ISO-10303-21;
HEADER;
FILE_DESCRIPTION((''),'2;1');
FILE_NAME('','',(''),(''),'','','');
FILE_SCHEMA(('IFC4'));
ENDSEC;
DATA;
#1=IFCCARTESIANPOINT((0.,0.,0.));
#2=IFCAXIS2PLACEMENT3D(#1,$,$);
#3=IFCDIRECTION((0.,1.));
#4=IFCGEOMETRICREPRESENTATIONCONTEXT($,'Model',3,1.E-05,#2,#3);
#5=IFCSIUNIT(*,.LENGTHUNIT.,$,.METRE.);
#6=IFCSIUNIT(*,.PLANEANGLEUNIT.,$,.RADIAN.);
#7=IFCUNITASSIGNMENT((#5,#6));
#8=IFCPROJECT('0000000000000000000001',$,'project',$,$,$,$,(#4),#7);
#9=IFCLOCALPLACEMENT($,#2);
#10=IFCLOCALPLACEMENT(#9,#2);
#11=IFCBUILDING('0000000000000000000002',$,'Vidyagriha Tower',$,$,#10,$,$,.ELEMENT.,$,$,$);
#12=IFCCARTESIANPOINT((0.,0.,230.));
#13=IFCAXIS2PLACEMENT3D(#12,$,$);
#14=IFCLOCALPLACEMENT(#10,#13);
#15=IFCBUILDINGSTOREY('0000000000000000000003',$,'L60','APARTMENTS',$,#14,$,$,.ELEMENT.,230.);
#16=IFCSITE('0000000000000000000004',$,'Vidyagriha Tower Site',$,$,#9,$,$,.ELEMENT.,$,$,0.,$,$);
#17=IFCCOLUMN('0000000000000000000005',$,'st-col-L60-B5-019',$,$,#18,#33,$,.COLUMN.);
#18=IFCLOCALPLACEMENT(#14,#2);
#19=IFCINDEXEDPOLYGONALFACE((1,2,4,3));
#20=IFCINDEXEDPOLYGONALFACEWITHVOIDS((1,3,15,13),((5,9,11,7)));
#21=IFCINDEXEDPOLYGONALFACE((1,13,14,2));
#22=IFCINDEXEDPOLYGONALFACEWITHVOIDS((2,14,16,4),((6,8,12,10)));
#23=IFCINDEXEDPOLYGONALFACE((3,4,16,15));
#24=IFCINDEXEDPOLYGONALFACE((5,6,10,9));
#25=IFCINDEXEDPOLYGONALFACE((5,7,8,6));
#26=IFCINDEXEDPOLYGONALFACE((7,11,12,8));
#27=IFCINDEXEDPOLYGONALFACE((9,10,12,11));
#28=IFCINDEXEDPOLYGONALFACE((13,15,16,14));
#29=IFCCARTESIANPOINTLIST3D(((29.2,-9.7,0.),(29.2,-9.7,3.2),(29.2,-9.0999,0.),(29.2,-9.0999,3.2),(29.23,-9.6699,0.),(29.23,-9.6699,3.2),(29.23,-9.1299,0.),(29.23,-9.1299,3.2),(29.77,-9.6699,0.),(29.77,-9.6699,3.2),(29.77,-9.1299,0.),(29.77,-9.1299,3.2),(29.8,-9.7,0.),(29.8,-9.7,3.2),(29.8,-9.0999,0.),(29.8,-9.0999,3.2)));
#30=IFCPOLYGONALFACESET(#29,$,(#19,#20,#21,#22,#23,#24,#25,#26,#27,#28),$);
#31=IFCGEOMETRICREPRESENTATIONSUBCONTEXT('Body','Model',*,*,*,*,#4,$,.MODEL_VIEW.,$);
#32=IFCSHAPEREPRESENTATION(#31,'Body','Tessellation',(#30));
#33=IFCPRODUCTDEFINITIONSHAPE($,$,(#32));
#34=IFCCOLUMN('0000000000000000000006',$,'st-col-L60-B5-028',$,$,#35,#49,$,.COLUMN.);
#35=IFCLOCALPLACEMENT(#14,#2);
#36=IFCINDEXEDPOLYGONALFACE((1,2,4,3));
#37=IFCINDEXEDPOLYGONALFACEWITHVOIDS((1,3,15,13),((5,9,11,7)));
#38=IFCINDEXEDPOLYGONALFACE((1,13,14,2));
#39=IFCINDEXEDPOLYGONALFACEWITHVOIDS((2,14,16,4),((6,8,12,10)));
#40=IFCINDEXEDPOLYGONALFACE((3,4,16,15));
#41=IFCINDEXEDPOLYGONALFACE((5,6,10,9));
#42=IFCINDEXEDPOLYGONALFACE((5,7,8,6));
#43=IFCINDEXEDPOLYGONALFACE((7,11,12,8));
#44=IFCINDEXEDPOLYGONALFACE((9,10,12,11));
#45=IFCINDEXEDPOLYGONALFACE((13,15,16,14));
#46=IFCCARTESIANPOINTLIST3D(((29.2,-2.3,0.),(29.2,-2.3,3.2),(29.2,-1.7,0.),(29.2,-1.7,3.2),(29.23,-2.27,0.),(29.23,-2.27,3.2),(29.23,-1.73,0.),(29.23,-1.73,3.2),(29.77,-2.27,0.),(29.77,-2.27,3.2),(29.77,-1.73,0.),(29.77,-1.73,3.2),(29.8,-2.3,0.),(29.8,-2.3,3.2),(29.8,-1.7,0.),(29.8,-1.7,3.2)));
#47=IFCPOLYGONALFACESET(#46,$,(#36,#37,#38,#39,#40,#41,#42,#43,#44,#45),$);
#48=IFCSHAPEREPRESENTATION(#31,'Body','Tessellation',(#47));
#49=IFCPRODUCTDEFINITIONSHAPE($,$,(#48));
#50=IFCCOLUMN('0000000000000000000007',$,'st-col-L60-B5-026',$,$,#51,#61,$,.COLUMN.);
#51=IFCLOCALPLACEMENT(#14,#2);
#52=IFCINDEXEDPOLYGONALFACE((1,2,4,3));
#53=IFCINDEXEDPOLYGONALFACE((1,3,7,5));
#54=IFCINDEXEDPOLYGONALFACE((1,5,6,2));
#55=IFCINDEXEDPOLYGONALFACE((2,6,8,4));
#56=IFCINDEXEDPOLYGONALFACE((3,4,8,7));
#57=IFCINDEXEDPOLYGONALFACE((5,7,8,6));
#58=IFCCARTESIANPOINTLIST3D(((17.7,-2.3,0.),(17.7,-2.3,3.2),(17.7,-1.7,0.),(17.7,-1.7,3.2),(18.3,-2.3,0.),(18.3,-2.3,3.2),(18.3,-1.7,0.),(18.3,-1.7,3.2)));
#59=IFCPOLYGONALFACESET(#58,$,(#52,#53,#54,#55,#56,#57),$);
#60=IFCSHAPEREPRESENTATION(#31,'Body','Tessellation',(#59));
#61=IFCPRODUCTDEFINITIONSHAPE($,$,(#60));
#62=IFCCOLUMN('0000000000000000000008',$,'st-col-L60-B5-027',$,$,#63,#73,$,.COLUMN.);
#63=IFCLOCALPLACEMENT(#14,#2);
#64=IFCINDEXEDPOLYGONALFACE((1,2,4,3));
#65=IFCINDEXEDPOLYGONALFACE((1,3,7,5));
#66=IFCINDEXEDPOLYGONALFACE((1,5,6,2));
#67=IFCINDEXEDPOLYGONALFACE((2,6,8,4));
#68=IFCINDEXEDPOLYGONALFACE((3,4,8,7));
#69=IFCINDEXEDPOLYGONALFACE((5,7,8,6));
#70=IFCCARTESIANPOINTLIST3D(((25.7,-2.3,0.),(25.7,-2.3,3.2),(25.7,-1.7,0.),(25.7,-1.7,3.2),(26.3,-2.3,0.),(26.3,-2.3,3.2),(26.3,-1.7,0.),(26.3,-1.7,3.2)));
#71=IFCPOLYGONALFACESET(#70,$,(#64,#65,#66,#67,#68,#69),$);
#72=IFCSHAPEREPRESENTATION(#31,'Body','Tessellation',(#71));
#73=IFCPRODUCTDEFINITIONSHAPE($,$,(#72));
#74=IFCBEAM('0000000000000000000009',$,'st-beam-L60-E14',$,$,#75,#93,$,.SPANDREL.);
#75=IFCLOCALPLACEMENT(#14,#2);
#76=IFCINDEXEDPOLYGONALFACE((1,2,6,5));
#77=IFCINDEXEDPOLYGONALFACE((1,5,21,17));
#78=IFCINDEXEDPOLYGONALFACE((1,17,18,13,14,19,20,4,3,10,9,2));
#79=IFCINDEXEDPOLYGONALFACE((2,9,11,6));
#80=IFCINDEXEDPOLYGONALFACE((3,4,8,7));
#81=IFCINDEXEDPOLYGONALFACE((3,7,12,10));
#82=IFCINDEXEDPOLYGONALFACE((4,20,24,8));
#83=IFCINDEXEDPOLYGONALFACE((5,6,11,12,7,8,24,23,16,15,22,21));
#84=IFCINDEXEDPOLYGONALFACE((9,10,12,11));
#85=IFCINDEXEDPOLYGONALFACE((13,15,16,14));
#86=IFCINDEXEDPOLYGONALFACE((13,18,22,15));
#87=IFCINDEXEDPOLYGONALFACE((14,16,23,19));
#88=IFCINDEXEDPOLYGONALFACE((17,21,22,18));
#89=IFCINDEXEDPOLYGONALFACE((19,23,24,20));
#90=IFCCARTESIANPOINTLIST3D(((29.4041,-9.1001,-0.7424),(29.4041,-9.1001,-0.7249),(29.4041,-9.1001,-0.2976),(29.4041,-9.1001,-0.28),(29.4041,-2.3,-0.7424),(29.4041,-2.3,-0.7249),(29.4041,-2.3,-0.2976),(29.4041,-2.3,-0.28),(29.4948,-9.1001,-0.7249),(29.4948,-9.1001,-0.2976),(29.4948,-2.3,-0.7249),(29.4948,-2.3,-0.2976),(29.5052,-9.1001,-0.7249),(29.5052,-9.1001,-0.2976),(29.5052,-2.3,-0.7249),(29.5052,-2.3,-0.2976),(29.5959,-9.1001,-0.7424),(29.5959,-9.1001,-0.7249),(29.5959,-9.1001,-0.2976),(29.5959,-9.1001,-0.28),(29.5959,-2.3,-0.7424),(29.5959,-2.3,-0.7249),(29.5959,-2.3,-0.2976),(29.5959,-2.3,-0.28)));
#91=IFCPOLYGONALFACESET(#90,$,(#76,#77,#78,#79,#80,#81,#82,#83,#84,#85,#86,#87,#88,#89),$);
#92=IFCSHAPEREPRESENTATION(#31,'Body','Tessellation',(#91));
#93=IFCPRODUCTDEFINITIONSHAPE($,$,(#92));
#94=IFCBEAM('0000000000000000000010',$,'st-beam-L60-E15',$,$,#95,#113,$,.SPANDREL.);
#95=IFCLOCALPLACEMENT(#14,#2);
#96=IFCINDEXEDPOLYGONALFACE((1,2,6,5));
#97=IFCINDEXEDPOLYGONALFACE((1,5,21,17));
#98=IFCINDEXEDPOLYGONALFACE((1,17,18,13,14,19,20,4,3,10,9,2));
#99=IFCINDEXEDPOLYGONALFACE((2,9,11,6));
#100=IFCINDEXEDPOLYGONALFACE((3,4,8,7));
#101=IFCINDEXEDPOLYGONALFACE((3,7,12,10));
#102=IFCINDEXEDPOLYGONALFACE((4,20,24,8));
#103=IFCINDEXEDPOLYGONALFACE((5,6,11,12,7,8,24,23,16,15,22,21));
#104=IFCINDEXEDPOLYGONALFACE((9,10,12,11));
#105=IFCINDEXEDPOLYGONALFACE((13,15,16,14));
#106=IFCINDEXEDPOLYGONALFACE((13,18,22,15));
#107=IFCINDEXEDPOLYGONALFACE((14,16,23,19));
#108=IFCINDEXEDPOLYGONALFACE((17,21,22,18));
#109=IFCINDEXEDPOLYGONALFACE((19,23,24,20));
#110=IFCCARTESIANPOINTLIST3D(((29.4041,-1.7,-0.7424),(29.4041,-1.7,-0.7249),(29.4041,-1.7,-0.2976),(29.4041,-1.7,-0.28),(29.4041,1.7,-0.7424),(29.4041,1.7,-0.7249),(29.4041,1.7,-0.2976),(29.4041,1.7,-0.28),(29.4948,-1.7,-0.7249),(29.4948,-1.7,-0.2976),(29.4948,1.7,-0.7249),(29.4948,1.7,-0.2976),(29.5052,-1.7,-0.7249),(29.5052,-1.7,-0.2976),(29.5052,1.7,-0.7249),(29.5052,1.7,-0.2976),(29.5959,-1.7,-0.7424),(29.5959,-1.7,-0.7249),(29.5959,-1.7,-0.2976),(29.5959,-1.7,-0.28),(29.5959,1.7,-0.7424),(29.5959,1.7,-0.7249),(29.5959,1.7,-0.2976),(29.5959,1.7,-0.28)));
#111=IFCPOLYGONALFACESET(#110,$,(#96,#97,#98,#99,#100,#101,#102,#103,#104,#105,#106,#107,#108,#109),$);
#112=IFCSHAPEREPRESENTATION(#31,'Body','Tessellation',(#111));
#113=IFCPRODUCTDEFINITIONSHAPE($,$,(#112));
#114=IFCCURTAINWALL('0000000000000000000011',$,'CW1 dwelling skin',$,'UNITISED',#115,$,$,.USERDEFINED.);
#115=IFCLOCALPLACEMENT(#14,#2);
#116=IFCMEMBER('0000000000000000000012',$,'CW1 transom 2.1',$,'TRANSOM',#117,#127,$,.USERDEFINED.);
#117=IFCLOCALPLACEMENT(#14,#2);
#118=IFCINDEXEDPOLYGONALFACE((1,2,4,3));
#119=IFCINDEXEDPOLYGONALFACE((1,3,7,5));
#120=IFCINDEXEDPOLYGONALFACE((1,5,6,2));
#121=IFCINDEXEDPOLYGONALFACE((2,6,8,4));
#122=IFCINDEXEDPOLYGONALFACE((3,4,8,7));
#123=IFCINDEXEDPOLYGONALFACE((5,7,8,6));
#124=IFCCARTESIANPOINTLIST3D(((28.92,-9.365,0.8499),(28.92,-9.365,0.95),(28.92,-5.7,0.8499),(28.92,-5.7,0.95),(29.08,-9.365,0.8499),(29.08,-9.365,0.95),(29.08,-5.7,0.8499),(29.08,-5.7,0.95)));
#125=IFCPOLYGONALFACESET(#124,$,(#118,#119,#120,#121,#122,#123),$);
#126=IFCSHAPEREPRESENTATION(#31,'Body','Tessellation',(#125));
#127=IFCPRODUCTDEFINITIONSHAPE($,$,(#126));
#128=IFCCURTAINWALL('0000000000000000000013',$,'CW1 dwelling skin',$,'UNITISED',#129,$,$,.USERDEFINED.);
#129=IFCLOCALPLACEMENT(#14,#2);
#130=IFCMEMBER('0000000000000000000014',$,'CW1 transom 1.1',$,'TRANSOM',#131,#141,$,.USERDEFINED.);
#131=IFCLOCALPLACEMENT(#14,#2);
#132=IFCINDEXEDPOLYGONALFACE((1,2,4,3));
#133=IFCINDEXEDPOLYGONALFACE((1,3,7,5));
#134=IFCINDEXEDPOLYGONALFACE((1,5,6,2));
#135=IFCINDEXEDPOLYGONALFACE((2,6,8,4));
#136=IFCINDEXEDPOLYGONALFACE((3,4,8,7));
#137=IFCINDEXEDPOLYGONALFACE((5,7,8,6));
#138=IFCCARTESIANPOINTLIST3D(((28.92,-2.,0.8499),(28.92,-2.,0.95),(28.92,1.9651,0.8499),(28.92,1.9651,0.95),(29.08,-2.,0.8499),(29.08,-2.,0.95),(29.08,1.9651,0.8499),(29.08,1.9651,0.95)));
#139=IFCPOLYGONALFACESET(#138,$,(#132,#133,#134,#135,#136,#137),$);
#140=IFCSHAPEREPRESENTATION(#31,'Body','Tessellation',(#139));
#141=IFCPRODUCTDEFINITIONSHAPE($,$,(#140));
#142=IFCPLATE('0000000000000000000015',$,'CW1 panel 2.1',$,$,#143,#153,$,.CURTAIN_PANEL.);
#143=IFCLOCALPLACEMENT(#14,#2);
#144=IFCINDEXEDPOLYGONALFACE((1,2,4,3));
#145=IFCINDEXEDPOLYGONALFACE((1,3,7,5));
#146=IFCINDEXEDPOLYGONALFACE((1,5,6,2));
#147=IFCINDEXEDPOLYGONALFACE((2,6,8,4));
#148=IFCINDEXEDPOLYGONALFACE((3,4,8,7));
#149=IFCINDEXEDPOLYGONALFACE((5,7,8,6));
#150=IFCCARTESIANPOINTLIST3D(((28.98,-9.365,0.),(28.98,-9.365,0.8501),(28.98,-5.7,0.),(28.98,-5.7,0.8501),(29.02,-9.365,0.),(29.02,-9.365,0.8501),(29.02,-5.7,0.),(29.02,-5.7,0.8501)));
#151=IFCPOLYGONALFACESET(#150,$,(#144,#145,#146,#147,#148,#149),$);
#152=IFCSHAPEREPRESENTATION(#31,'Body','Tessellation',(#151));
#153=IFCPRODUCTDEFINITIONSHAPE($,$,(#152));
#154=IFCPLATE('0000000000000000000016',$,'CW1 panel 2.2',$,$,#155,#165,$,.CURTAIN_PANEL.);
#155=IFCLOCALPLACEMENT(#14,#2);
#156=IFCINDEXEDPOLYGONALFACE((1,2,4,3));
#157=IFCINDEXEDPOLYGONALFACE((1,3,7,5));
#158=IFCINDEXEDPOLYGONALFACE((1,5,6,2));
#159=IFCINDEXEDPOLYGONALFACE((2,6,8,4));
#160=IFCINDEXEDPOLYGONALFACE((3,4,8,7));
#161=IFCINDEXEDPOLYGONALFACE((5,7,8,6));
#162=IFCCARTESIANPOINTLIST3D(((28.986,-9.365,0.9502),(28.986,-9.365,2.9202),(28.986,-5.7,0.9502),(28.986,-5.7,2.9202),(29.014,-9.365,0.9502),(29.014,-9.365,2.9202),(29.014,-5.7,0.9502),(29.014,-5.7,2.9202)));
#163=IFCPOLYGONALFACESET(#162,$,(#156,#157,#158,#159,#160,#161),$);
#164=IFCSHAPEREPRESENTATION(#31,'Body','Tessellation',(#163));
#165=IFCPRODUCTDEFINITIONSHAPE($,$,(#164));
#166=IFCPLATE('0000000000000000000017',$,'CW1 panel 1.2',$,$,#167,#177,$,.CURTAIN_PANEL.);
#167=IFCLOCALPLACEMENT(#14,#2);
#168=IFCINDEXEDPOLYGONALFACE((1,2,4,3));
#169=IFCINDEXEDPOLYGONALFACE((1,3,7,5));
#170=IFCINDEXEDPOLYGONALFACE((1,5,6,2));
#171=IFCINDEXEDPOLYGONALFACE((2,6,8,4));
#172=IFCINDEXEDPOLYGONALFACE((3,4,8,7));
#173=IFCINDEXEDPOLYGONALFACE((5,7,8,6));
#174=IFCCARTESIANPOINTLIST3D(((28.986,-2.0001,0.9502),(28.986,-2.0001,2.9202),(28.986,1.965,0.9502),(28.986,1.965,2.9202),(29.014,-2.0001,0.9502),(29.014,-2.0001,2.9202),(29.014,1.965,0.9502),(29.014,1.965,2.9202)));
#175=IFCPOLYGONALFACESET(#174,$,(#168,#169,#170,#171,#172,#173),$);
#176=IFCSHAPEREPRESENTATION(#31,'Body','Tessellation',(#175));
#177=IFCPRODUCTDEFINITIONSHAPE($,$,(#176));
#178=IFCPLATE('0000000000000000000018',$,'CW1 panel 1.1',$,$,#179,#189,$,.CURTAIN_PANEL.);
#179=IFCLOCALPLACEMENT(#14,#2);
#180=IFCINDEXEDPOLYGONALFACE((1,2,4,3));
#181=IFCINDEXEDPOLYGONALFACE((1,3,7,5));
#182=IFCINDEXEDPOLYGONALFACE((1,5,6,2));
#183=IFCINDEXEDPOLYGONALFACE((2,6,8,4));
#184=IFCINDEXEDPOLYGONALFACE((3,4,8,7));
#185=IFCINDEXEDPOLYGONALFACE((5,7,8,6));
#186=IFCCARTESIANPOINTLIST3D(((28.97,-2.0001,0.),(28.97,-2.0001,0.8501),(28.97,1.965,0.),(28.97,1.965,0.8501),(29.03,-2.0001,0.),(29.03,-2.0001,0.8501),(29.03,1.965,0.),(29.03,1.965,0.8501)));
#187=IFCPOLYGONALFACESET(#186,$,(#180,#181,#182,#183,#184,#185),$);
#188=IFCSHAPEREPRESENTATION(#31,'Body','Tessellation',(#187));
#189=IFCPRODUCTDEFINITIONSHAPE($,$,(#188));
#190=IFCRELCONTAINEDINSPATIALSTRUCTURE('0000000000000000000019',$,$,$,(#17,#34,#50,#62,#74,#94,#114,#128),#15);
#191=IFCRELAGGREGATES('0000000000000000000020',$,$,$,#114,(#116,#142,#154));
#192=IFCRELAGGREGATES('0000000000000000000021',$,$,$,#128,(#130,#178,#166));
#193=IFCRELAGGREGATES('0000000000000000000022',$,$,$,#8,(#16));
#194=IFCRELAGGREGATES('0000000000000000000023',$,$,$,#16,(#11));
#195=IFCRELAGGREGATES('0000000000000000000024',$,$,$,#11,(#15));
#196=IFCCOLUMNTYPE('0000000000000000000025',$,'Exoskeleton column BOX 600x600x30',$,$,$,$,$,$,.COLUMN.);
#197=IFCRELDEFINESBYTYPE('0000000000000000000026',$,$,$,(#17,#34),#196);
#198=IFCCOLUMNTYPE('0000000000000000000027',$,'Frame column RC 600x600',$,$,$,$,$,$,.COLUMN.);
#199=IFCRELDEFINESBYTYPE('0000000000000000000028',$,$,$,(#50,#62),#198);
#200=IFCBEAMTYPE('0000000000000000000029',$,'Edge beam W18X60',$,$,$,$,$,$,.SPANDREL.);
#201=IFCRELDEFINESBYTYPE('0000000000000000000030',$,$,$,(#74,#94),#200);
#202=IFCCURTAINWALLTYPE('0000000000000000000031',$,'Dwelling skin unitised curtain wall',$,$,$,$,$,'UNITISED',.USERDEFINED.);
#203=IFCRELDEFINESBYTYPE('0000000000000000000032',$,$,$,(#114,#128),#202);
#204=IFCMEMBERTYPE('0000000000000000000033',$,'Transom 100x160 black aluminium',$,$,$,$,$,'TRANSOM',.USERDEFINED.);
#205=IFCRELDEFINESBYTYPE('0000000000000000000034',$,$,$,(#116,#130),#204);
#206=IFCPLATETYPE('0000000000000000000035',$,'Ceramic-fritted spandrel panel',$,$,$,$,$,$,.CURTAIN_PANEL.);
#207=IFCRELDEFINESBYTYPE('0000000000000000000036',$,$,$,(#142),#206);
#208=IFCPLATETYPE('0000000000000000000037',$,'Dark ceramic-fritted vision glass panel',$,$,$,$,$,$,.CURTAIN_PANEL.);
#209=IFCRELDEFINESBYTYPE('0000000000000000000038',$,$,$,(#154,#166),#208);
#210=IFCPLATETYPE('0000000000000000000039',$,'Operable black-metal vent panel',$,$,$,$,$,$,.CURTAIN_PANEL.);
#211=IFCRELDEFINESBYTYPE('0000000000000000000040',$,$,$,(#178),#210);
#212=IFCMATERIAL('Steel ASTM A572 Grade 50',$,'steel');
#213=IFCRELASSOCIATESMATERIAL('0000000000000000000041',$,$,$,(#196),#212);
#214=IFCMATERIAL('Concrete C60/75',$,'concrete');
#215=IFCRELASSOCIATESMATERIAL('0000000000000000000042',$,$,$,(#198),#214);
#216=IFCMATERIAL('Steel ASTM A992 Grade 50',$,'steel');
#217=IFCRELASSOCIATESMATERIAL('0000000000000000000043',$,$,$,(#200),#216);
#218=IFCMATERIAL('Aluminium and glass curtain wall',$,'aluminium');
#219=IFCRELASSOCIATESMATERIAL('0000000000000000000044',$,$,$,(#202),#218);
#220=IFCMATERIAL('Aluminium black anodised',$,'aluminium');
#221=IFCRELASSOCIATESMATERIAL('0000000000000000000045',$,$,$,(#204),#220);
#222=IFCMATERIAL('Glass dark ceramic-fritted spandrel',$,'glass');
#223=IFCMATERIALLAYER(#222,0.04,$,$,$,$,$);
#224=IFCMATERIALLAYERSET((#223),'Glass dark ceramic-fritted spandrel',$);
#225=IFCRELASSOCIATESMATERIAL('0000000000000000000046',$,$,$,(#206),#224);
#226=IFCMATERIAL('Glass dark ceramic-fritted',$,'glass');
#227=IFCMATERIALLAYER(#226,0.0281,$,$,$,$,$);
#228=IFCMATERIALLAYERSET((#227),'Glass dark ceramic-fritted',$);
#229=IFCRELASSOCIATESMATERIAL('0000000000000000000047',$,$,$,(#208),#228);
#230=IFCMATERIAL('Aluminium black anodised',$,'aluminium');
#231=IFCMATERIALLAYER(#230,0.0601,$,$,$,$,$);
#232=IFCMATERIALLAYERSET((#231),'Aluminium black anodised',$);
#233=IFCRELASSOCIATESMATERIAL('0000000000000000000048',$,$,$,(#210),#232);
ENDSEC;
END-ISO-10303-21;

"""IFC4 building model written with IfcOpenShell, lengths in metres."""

from ifc_helpers import new_model, si_unit, direction, frame, origin, origin_2d, place, context, subcontext, project, spatial, rectangle, hollow_rectangle, i_section, extrude, material, layer, layer_set, material_profile, profile_set, type_object, element, aggregate, save


model = new_model("IFC4")

# Units and contexts
model_context = context("Model", 3, precision=1e-05, world=origin(), true_north=direction((0.0, 1.0)))
body_context = subcontext(model_context, "Body", "Model", "MODEL_VIEW")
ifc_project = project(units=[si_unit("LENGTHUNIT", "METRE"), si_unit("PLANEANGLEUNIT", "RADIAN")], contexts=[model_context])

# Site, building, storey
site_placement = place(None, origin())
site = spatial("IfcSite", under=ifc_project, at=site_placement, Name="Vidyagriha Tower Site", CompositionType="ELEMENT", RefElevation=0.0)
building_placement = place(site_placement, origin())
building = spatial("IfcBuilding", under=site, at=building_placement, Name="Vidyagriha Tower", CompositionType="ELEMENT")
storey_placement = place(building_placement, frame((0.0, 0.0, 230.0)))
storey = spatial("IfcBuildingStorey", under=building, at=storey_placement, Name="L60", Description="APARTMENTS", CompositionType="ELEMENT", Elevation=230.0)

# Columns
ifc_material_1 = material(Name="Steel ASTM A572 Grade 50", Category="steel")
ifc_material_profile_1 = material_profile(ifc_material_1, hollow_rectangle(XDim=0.6001, YDim=0.6001, WallThickness=0.03, at=origin_2d()), Name="BOX 600x600x30")
ifc_profile_set_1 = profile_set([ifc_material_profile_1], Name="Steel ASTM A572 Grade 50")
column_type_1 = type_object("IfcColumnType", Name="Exoskeleton column BOX 600x600x30", PredefinedType="COLUMN", material=ifc_profile_set_1)
for number, where, name in (
    (1, (29.5, -9.3999, 0.0), "st-col-L60-B5-019"),
    (2, (29.5, -2.0, 0.0), "st-col-L60-B5-028"),
):
    element("IfcColumn", number, at=place(storey_placement, frame(where)), inside=storey, type_object=column_type_1, Name=name, PredefinedType="COLUMN", context=body_context, shape_type="SweptSolid", body=[
        extrude(hollow_rectangle(XDim=0.6001, YDim=0.6001, WallThickness=0.03, at=origin_2d()), origin(), (0.0, 0.0, 1.0), 3.2),
    ])
ifc_material_2 = material(Name="Concrete C60/75", Category="concrete")
ifc_material_profile_2 = material_profile(ifc_material_2, rectangle(XDim=0.6001, YDim=0.6001, at=origin_2d()), Name="RC 600x600")
ifc_profile_set_2 = profile_set([ifc_material_profile_2], Name="Concrete C60/75")
column_type_2 = type_object("IfcColumnType", Name="Frame column RC 600x600", PredefinedType="COLUMN", material=ifc_profile_set_2)
for number, where, name in (
    (3, (18.0, -2.0, 0.0), "st-col-L60-B5-026"),
    (4, (26.0, -2.0, 0.0), "st-col-L60-B5-027"),
):
    element("IfcColumn", number, at=place(storey_placement, frame(where)), inside=storey, type_object=column_type_2, Name=name, PredefinedType="COLUMN", context=body_context, shape_type="SweptSolid", body=[
        extrude(rectangle(XDim=0.6001, YDim=0.6001, at=origin_2d()), origin(), (0.0, 0.0, 1.0), 3.2),
    ])

# Beams
ifc_material_3 = material(Name="Steel ASTM A992 Grade 50", Category="steel")
ifc_material_profile_3 = material_profile(ifc_material_3, i_section(OverallWidth=0.1919, OverallDepth=0.4624, WebThickness=0.0105, FlangeThickness=0.0176, at=origin_2d()), Name="W18X60")
ifc_profile_set_3 = profile_set([ifc_material_profile_3], Name="Steel ASTM A992 Grade 50")
beam_type = type_object("IfcBeamType", Name="Edge beam W18X60", PredefinedType="SPANDREL", material=ifc_profile_set_3)
beam_1_placement = place(storey_placement, frame((29.5, -9.1001, -0.5112), z_axis=(0.0, 1.0, 0.0), x_axis=(-1.0, 0.0, 0.0)))
element("IfcBeam", 5, at=beam_1_placement, inside=storey, type_object=beam_type, Name="st-beam-L60-E14", PredefinedType="SPANDREL", context=body_context, shape_type="SweptSolid", body=[
    extrude(i_section(OverallWidth=0.1919, OverallDepth=0.4624, WebThickness=0.0105, FlangeThickness=0.0176, at=origin_2d()), origin(), (0.0, 0.0, 1.0), 6.8),
])
beam_2_placement = place(storey_placement, frame((29.5, -1.7, -0.5112), z_axis=(0.0, 1.0, 0.0), x_axis=(-1.0, 0.0, 0.0)))
element("IfcBeam", 6, at=beam_2_placement, inside=storey, type_object=beam_type, Name="st-beam-L60-E15", PredefinedType="SPANDREL", context=body_context, shape_type="SweptSolid", body=[
    extrude(i_section(OverallWidth=0.1919, OverallDepth=0.4624, WebThickness=0.0105, FlangeThickness=0.0176, at=origin_2d()), origin(), (0.0, 0.0, 1.0), 3.3999),
])

# Curtain walls, members
ifc_material_4 = material(Name="Aluminium and glass curtain wall", Category="aluminium")
curtain_wall_type = type_object("IfcCurtainWallType", Name="Dwelling skin unitised curtain wall", ElementType="UNITISED", PredefinedType="USERDEFINED", material=ifc_material_4)
curtain_wall_1_placement = place(storey_placement, origin())
curtain_wall_1 = element("IfcCurtainWall", 7, at=curtain_wall_1_placement, inside=storey, type_object=curtain_wall_type, Name="CW1 dwelling skin", ObjectType="UNITISED", PredefinedType="USERDEFINED")
ifc_material_5 = material(Name="Aluminium black anodised", Category="aluminium")
ifc_material_profile_4 = material_profile(ifc_material_5, rectangle(XDim=0.1599, YDim=0.1001, at=origin_2d()), Name="Transom 100x160 black aluminium")
ifc_profile_set_4 = profile_set([ifc_material_profile_4], Name="Aluminium black anodised")
member_type = type_object("IfcMemberType", Name="Transom 100x160 black aluminium", ElementType="TRANSOM", PredefinedType="USERDEFINED", material=ifc_profile_set_4)
member_1_placement = place(storey_placement, frame((29.0, -9.365, 0.8999), z_axis=(0.0, 1.0, 0.0), x_axis=(-1.0, 0.0, 0.0)))
member_1 = element("IfcMember", 8, at=member_1_placement, type_object=member_type, Name="CW1 transom 2.1", ObjectType="TRANSOM", PredefinedType="USERDEFINED", context=body_context, shape_type="SweptSolid", body=[
    extrude(rectangle(XDim=0.1599, YDim=0.1001, at=origin_2d()), origin(), (0.0, 0.0, 1.0), 3.665),
])
curtain_wall_2_placement = place(storey_placement, origin())
curtain_wall_2 = element("IfcCurtainWall", 9, at=curtain_wall_2_placement, inside=storey, type_object=curtain_wall_type, Name="CW1 dwelling skin", ObjectType="UNITISED", PredefinedType="USERDEFINED")
member_2_placement = place(storey_placement, frame((29.0, -2.0, 0.8999), z_axis=(0.0, 1.0, 0.0), x_axis=(-1.0, 0.0, 0.0)))
member_2 = element("IfcMember", 10, at=member_2_placement, type_object=member_type, Name="CW1 transom 1.1", ObjectType="TRANSOM", PredefinedType="USERDEFINED", context=body_context, shape_type="SweptSolid", body=[
    extrude(rectangle(XDim=0.1599, YDim=0.1001, at=origin_2d()), origin(), (0.0, 0.0, 1.0), 3.9651),
])

# Plates
ifc_material_6 = material(Name="Glass dark ceramic-fritted spandrel", Category="glass")
ifc_layer_1 = layer(ifc_material_6, 0.04)
ifc_layer_set_1 = layer_set([ifc_layer_1], Name="Glass dark ceramic-fritted spandrel")
plate_type_1 = type_object("IfcPlateType", Name="Ceramic-fritted spandrel panel", PredefinedType="CURTAIN_PANEL", material=ifc_layer_set_1)
plate_1_placement = place(storey_placement, frame((29.0, -7.5325, 0.0), z_axis=(0.0, 0.0, 1.0), x_axis=(0.0, 1.0, 0.0)))
plate_1 = element("IfcPlate", 11, at=plate_1_placement, type_object=plate_type_1, Name="CW1 panel 2.1", PredefinedType="CURTAIN_PANEL", context=body_context, shape_type="SweptSolid", body=[
    extrude(rectangle(XDim=3.665, YDim=0.04, at=origin_2d()), origin(), (0.0, 0.0, 1.0), 0.8501),
])
ifc_material_7 = material(Name="Glass dark ceramic-fritted", Category="glass")
ifc_layer_2 = layer(ifc_material_7, 0.0281)
ifc_layer_set_2 = layer_set([ifc_layer_2], Name="Glass dark ceramic-fritted")
plate_type_2 = type_object("IfcPlateType", Name="Dark ceramic-fritted vision glass panel", PredefinedType="CURTAIN_PANEL", material=ifc_layer_set_2)
plate_2_placement = place(storey_placement, frame((29.0, -7.5325, 0.9502), z_axis=(0.0, 0.0, 1.0), x_axis=(0.0, 1.0, 0.0)))
plate_2 = element("IfcPlate", 12, at=plate_2_placement, type_object=plate_type_2, Name="CW1 panel 2.2", PredefinedType="CURTAIN_PANEL", context=body_context, shape_type="SweptSolid", body=[
    extrude(rectangle(XDim=3.665, YDim=0.0281, at=origin_2d()), origin(), (0.0, 0.0, 1.0), 1.97),
])
aggregate(curtain_wall_1, [member_1, plate_1, plate_2])
plate_3_placement = place(storey_placement, frame((29.0, -0.0176, 0.9502), z_axis=(0.0, 0.0, 1.0), x_axis=(0.0, 1.0, 0.0)))
plate_3 = element("IfcPlate", 13, at=plate_3_placement, type_object=plate_type_2, Name="CW1 panel 1.2", PredefinedType="CURTAIN_PANEL", context=body_context, shape_type="SweptSolid", body=[
    extrude(rectangle(XDim=3.9651, YDim=0.0281, at=origin_2d()), origin(), (0.0, 0.0, 1.0), 1.97),
])
ifc_material_8 = material(Name="Aluminium black anodised", Category="aluminium")
ifc_layer_3 = layer(ifc_material_8, 0.0601)
ifc_layer_set_3 = layer_set([ifc_layer_3], Name="Aluminium black anodised")
plate_type_3 = type_object("IfcPlateType", Name="Operable black-metal vent panel", PredefinedType="CURTAIN_PANEL", material=ifc_layer_set_3)
plate_4_placement = place(storey_placement, frame((29.0, -0.0176, 0.0), z_axis=(0.0, 0.0, 1.0), x_axis=(0.0, 1.0, 0.0)))
plate_4 = element("IfcPlate", 14, at=plate_4_placement, type_object=plate_type_3, Name="CW1 panel 1.1", PredefinedType="CURTAIN_PANEL", context=body_context, shape_type="SweptSolid", body=[
    extrude(rectangle(XDim=3.9651, YDim=0.0601, at=origin_2d()), origin(), (0.0, 0.0, 1.0), 0.8501),
])
aggregate(curtain_wall_2, [member_2, plate_4, plate_3])

save(model, "model.ifc")
